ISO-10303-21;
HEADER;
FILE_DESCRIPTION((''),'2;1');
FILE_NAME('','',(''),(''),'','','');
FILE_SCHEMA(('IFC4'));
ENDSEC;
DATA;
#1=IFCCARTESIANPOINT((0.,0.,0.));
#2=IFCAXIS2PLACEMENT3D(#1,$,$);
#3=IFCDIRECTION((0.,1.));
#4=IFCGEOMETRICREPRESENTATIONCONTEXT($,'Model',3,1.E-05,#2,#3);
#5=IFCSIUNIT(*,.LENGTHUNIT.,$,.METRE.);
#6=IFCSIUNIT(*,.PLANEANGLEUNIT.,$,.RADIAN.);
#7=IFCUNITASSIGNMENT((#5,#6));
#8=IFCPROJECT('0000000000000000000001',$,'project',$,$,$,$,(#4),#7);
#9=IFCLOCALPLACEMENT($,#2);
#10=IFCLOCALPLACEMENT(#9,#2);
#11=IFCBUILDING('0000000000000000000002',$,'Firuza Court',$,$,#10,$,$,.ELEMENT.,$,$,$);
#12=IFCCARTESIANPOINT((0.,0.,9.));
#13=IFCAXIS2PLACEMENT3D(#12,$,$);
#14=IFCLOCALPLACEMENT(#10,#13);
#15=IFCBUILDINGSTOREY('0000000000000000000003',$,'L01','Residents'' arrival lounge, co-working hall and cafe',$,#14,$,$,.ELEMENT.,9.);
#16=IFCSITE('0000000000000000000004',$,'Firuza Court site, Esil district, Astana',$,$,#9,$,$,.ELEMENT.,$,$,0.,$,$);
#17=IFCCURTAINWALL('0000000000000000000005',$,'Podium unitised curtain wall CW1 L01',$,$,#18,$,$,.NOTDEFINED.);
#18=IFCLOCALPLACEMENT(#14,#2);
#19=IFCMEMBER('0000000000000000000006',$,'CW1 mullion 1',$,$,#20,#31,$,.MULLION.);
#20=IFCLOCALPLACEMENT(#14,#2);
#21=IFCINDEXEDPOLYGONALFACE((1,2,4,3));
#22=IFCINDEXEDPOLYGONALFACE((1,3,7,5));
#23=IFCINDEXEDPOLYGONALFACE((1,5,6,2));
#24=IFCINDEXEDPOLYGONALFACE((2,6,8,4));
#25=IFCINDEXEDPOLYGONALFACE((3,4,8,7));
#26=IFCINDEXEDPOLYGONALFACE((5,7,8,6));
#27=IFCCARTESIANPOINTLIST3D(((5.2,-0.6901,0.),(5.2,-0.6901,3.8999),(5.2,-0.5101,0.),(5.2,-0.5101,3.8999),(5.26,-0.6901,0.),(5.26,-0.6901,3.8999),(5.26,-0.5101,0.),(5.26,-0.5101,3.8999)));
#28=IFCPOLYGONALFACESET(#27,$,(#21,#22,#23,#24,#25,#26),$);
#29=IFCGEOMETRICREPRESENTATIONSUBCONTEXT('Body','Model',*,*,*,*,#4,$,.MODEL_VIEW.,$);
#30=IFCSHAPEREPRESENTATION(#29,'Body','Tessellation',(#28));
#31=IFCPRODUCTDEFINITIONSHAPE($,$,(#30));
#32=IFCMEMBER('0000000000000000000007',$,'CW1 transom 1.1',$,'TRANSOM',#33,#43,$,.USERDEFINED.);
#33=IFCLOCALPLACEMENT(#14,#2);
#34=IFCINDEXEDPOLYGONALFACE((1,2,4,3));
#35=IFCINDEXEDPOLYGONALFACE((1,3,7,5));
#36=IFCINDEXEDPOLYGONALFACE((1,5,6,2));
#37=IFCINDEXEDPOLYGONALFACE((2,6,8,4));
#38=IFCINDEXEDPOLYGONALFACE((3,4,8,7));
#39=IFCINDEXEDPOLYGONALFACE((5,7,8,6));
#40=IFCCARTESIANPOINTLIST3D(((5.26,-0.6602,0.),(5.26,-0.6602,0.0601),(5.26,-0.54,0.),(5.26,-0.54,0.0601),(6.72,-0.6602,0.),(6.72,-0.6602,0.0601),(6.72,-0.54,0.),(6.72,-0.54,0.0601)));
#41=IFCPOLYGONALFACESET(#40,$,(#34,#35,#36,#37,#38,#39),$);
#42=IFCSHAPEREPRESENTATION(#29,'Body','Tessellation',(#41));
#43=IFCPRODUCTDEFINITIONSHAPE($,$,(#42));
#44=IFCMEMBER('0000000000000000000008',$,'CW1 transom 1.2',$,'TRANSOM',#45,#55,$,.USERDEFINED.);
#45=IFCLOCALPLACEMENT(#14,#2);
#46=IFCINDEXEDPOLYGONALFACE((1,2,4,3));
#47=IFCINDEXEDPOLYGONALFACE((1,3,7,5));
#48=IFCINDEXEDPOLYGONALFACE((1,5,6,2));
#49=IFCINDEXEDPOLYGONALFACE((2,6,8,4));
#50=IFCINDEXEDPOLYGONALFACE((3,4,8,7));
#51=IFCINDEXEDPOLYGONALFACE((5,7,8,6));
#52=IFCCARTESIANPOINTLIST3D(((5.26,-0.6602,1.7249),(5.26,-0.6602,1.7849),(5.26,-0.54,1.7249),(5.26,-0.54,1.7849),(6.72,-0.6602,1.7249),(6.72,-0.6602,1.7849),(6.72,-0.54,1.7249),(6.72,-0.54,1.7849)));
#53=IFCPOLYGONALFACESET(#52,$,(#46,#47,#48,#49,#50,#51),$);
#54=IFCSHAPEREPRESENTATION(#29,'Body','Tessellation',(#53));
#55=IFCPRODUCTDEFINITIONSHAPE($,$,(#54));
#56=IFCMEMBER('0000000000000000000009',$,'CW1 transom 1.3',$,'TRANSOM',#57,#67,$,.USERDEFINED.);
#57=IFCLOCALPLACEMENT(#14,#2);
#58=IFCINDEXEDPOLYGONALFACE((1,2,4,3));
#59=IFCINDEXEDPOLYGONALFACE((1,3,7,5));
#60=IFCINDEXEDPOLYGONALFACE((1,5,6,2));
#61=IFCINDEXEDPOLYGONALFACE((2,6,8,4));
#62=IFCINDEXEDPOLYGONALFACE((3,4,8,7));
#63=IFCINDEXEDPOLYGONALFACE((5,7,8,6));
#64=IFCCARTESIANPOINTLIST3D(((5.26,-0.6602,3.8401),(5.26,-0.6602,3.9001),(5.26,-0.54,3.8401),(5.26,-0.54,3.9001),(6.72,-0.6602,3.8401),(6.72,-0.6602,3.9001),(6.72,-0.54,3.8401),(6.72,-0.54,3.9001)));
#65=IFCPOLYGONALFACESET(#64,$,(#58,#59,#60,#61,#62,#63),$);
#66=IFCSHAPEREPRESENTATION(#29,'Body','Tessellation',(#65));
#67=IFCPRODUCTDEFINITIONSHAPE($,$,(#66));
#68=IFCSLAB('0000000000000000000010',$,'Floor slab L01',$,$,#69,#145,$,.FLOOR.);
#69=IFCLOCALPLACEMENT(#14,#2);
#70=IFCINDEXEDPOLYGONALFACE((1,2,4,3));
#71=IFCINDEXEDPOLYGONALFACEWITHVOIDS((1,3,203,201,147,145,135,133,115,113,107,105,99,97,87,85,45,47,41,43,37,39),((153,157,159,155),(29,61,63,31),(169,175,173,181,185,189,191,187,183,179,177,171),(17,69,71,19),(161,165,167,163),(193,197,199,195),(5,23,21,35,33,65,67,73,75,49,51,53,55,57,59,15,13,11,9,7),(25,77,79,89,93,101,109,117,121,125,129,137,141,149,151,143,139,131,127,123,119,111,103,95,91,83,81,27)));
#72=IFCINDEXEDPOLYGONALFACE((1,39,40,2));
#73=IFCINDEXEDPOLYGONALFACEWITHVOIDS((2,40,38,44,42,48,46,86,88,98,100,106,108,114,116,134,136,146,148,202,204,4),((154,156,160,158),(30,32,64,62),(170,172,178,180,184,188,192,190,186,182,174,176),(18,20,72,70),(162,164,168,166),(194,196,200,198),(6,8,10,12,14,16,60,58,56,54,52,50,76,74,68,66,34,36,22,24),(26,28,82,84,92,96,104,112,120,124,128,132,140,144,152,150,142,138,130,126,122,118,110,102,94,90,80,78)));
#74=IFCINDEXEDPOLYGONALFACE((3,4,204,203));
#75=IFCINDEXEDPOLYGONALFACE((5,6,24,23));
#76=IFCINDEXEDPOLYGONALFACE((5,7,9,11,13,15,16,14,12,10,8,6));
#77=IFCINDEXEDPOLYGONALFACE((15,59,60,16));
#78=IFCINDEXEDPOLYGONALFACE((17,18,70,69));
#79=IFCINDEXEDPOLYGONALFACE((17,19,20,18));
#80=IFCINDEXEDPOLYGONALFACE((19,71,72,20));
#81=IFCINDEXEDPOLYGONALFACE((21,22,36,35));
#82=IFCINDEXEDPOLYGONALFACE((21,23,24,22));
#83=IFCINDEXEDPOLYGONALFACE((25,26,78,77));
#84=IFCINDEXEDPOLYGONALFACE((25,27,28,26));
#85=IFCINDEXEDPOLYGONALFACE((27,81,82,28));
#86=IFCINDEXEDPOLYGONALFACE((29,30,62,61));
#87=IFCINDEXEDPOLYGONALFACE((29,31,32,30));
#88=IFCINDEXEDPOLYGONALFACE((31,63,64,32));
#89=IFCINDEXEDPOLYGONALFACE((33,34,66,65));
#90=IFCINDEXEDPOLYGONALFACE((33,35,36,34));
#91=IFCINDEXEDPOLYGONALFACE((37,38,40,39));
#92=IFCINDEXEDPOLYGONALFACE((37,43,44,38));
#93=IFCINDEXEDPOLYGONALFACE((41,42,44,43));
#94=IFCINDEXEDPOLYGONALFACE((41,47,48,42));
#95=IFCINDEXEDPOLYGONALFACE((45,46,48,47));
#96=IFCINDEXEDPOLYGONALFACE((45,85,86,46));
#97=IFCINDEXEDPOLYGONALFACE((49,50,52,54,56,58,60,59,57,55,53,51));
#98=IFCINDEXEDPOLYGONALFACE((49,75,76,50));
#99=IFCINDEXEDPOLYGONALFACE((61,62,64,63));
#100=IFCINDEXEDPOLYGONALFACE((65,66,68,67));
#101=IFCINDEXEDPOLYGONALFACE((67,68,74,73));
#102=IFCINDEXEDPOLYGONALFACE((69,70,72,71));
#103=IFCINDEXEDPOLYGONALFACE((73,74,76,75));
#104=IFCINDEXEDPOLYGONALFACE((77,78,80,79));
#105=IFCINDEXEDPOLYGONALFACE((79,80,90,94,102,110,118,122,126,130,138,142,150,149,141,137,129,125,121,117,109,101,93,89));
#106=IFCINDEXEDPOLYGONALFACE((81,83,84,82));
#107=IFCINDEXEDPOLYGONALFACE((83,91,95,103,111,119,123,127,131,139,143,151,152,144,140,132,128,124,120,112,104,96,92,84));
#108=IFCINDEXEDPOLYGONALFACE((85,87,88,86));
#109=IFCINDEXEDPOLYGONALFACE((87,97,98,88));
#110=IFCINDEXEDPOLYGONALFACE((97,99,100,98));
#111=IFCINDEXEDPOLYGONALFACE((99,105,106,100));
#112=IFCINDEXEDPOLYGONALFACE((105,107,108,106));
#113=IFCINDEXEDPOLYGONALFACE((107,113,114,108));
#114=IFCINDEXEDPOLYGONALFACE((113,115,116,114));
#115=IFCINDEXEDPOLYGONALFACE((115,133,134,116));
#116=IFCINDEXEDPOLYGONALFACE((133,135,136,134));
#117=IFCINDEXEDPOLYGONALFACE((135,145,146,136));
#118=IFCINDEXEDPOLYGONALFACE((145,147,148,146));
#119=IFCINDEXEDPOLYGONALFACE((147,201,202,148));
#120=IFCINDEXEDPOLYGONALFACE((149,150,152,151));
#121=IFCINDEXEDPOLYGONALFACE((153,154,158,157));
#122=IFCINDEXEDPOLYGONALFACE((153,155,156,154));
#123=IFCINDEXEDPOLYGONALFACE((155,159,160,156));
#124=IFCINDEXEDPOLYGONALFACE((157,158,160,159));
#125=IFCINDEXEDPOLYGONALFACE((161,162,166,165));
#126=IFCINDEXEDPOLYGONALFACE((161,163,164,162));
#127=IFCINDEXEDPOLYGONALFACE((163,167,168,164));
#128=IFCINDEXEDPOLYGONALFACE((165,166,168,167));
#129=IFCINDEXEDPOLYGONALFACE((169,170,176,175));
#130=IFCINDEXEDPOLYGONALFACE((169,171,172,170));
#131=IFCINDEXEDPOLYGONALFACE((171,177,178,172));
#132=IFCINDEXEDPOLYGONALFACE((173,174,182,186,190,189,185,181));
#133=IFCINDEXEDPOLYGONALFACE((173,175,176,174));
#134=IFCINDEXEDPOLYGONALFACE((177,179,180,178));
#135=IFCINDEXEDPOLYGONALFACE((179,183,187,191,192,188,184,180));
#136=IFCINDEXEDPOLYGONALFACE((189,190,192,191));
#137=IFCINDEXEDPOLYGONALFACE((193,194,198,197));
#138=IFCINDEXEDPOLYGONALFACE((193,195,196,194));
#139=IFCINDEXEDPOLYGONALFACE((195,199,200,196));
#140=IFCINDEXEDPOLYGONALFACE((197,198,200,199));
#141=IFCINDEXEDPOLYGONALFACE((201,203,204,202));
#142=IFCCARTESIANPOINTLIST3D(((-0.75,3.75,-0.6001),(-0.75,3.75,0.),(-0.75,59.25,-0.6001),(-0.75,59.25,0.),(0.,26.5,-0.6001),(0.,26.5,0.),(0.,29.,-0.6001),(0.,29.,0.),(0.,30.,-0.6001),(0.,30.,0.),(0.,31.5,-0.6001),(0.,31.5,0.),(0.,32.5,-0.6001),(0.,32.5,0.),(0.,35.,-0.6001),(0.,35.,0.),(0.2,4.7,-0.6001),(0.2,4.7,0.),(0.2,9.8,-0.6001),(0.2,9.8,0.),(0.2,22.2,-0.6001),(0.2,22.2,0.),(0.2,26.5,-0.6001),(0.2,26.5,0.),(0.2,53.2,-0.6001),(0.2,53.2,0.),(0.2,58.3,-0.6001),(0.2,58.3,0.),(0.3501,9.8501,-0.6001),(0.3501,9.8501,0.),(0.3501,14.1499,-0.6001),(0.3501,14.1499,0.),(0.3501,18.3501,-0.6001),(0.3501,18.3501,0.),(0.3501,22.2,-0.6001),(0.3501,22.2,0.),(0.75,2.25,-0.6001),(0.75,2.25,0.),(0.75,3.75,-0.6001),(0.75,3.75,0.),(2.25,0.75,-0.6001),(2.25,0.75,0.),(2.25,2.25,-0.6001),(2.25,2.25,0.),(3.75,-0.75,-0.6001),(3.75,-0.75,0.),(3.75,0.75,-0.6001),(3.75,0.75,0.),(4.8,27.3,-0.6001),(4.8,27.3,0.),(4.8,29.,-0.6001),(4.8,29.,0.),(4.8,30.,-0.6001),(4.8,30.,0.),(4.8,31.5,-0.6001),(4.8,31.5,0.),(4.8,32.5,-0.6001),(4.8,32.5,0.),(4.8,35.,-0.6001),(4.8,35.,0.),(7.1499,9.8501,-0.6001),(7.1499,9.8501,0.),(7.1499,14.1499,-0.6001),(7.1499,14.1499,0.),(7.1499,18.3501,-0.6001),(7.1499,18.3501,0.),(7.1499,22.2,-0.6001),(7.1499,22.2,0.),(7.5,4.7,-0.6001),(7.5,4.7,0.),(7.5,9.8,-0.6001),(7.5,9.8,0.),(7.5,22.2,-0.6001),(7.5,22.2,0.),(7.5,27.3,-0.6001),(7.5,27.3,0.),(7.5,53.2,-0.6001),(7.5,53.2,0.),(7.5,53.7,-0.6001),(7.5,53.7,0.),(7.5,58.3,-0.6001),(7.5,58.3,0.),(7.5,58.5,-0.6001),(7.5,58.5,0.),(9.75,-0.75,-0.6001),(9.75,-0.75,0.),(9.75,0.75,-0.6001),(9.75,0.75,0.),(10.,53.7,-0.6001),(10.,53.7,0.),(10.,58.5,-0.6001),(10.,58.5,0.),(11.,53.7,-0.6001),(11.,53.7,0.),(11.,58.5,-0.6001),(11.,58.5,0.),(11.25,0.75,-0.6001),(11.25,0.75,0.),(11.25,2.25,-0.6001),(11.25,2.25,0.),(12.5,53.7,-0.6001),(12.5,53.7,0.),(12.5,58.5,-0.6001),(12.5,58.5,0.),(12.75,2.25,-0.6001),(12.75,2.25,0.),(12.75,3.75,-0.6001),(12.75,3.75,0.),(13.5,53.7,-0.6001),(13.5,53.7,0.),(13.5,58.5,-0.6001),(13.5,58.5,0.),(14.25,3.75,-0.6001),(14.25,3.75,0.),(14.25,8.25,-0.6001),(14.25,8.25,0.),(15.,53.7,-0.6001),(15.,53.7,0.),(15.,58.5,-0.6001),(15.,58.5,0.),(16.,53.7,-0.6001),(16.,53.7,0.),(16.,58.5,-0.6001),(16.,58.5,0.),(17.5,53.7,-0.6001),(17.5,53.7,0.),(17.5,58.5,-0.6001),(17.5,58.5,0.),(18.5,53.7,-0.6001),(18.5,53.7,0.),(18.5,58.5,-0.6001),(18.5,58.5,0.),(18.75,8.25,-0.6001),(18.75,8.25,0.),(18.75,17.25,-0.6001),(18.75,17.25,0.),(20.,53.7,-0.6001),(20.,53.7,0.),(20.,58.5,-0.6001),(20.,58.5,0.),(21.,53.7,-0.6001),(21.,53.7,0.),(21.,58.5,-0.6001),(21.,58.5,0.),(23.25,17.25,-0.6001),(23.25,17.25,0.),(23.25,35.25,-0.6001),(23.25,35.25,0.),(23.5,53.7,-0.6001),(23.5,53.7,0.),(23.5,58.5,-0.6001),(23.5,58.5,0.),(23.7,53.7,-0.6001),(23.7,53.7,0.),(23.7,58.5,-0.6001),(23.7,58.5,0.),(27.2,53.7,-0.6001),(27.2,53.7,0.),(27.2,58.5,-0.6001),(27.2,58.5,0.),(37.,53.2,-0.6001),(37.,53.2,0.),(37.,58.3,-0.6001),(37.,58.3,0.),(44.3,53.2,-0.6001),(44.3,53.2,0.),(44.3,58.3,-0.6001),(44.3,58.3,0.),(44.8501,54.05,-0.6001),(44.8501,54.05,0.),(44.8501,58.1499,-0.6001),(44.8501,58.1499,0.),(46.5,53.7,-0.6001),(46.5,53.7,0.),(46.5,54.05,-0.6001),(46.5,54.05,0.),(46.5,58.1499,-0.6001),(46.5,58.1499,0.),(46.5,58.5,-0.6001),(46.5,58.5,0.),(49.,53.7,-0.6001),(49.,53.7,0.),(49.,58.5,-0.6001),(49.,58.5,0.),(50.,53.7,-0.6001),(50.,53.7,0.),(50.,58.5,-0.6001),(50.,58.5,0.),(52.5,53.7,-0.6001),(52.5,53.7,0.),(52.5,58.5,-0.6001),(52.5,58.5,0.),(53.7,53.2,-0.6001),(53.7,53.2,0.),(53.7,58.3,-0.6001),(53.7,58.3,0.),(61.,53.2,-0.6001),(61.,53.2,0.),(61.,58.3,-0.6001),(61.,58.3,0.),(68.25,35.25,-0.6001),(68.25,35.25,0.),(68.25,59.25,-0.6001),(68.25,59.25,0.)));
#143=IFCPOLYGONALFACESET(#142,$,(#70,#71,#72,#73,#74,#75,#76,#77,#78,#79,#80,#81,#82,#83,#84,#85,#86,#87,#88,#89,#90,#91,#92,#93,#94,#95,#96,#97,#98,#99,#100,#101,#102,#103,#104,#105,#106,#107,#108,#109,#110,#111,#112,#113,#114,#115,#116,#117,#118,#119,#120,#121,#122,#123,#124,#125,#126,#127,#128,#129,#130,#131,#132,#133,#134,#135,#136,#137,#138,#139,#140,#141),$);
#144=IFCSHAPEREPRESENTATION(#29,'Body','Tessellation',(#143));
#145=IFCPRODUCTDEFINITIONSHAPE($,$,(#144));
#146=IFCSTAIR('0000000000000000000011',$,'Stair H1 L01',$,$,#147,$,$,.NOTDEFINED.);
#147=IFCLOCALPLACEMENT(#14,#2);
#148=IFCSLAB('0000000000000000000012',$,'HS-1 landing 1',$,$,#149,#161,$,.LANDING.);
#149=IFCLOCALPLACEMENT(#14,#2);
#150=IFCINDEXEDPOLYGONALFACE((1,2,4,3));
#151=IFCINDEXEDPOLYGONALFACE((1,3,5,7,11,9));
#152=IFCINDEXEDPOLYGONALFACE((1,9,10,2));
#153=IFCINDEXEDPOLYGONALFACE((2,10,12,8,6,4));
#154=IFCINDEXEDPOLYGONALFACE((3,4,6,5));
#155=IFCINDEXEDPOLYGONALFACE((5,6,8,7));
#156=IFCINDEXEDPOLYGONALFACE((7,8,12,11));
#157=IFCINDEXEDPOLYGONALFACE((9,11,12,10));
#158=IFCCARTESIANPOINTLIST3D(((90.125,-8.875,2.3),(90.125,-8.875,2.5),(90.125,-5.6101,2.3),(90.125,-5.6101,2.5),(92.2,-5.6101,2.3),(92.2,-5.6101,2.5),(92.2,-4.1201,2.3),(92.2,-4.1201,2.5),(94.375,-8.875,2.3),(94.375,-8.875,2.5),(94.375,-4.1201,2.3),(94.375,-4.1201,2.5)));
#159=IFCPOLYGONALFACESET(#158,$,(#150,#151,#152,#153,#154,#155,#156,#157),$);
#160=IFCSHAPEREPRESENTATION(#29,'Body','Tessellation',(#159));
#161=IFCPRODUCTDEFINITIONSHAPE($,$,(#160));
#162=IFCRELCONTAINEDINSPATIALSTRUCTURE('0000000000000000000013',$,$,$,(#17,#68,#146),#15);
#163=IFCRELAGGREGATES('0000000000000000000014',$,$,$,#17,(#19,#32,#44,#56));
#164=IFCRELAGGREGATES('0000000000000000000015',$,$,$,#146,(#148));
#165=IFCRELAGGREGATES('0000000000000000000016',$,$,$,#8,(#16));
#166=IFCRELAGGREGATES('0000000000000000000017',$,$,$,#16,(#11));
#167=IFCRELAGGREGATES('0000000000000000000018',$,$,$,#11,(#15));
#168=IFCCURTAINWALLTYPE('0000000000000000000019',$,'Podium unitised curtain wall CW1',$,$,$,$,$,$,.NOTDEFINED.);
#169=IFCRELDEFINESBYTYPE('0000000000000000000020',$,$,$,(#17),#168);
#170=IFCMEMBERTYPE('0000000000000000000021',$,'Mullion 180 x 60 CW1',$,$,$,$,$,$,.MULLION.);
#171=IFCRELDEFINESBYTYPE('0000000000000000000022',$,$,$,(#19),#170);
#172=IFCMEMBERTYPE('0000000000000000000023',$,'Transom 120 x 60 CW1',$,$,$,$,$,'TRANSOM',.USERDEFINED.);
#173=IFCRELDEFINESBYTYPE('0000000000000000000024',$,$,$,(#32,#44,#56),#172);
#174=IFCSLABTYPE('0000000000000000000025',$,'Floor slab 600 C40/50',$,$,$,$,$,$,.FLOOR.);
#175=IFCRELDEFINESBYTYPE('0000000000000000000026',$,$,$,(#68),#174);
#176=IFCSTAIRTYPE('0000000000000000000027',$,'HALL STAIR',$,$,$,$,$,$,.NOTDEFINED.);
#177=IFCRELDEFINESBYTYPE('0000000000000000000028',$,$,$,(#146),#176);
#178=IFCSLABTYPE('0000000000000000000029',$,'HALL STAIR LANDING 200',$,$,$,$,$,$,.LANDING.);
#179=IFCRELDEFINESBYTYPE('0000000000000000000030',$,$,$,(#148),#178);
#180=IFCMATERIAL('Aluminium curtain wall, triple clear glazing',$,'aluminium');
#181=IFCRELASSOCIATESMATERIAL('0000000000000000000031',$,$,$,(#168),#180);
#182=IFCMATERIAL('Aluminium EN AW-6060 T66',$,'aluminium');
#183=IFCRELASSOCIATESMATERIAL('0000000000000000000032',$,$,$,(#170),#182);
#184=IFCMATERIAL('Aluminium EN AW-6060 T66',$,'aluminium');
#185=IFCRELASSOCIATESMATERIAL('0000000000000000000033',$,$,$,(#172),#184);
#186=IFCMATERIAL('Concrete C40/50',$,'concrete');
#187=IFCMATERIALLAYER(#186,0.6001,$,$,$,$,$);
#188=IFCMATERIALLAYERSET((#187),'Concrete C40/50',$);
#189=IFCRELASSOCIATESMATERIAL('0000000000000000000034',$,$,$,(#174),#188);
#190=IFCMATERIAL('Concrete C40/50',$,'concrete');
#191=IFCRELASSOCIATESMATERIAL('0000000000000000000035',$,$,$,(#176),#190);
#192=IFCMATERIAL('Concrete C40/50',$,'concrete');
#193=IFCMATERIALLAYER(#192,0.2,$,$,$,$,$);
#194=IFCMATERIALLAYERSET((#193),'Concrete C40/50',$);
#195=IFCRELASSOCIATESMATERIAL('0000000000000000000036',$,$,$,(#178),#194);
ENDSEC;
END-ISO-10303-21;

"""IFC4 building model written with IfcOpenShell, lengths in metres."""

from ifc_helpers import new_model, si_unit, direction, frame, origin, origin_2d, place, context, subcontext, project, spatial, polyline, rectangle, outline, extrude, material, layer, layer_set, material_profile, profile_set, type_object, element, aggregate, save


model = new_model("IFC4")

# Units and contexts
model_context = context("Model", 3, precision=1e-05, world=origin(), true_north=direction((0.0, 1.0)))
body_context = subcontext(model_context, "Body", "Model", "MODEL_VIEW")
ifc_project = project(units=[si_unit("LENGTHUNIT", "METRE"), si_unit("PLANEANGLEUNIT", "RADIAN")], contexts=[model_context])

# Site, building, storey
site_placement = place(None, origin())
site = spatial("IfcSite", under=ifc_project, at=site_placement, Name="Firuza Court site, Esil district, Astana", CompositionType="ELEMENT", RefElevation=0.0)
building_placement = place(site_placement, origin())
building = spatial("IfcBuilding", under=site, at=building_placement, Name="Firuza Court", CompositionType="ELEMENT")
storey_placement = place(building_placement, frame((0.0, 0.0, 9.0)))
storey = spatial("IfcBuildingStorey", under=building, at=storey_placement, Name="L01", Description="Residents' arrival lounge, co-working hall and cafe", CompositionType="ELEMENT", Elevation=9.0)

# Curtain wall, members
ifc_material_1 = material(Name="Aluminium curtain wall, triple clear glazing", Category="aluminium")
curtain_wall_type = type_object("IfcCurtainWallType", Name="Podium unitised curtain wall CW1", PredefinedType="NOTDEFINED", material=ifc_material_1)
curtain_wall_placement = place(storey_placement, origin())
curtain_wall = element("IfcCurtainWall", 1, at=curtain_wall_placement, inside=storey, type_object=curtain_wall_type, Name="Podium unitised curtain wall CW1 L01", PredefinedType="NOTDEFINED")
ifc_material_2 = material(Name="Aluminium EN AW-6060 T66", Category="aluminium")
ifc_material_profile_1 = material_profile(ifc_material_2, rectangle(XDim=0.1799, YDim=0.0601, at=origin_2d()), Name="Mullion 180 x 60 CW1")
ifc_profile_set_1 = profile_set([ifc_material_profile_1], Name="Aluminium EN AW-6060 T66")
member_type_1 = type_object("IfcMemberType", Name="Mullion 180 x 60 CW1", PredefinedType="MULLION", material=ifc_profile_set_1)
member_1_placement = place(storey_placement, frame((5.23, -0.6001, 0.0), z_axis=(0.0, 0.0, 1.0), x_axis=(0.0, 1.0, 0.0)))
member_1 = element("IfcMember", 2, at=member_1_placement, type_object=member_type_1, Name="CW1 mullion 1", PredefinedType="MULLION", context=body_context, shape_type="SweptSolid", body=[
    extrude(rectangle(XDim=0.1799, YDim=0.0601, at=origin_2d()), origin(), (0.0, 0.0, 1.0), 3.8999),
])
ifc_material_3 = material(Name="Aluminium EN AW-6060 T66", Category="aluminium")
ifc_material_profile_2 = material_profile(ifc_material_3, rectangle(XDim=0.1201, YDim=0.0601, at=origin_2d()), Name="Transom 120 x 60 CW1")
ifc_profile_set_2 = profile_set([ifc_material_profile_2], Name="Aluminium EN AW-6060 T66")
member_type_2 = type_object("IfcMemberType", Name="Transom 120 x 60 CW1", ElementType="TRANSOM", PredefinedType="USERDEFINED", material=ifc_profile_set_2)
member_2_placement = place(storey_placement, frame((5.26, -0.6001, 0.03), z_axis=(1.0, 0.0, 0.0), x_axis=(0.0, 1.0, 0.0)))
member_2 = element("IfcMember", 3, at=member_2_placement, type_object=member_type_2, Name="CW1 transom 1.1", ObjectType="TRANSOM", PredefinedType="USERDEFINED", context=body_context, shape_type="SweptSolid", body=[
    extrude(rectangle(XDim=0.1201, YDim=0.0601, at=origin_2d()), origin(), (0.0, 0.0, 1.0), 1.46),
])
member_3_placement = place(storey_placement, frame((5.26, -0.6001, 1.7549), z_axis=(1.0, 0.0, 0.0), x_axis=(0.0, 1.0, 0.0)))
member_3 = element("IfcMember", 4, at=member_3_placement, type_object=member_type_2, Name="CW1 transom 1.2", ObjectType="TRANSOM", PredefinedType="USERDEFINED", context=body_context, shape_type="SweptSolid", body=[
    extrude(rectangle(XDim=0.1201, YDim=0.0601, at=origin_2d()), origin(), (0.0, 0.0, 1.0), 1.46),
])
member_4_placement = place(storey_placement, frame((5.26, -0.6001, 3.8701), z_axis=(1.0, 0.0, 0.0), x_axis=(0.0, 1.0, 0.0)))
member_4 = element("IfcMember", 5, at=member_4_placement, type_object=member_type_2, Name="CW1 transom 1.3", ObjectType="TRANSOM", PredefinedType="USERDEFINED", context=body_context, shape_type="SweptSolid", body=[
    extrude(rectangle(XDim=0.1201, YDim=0.0601, at=origin_2d()), origin(), (0.0, 0.0, 1.0), 1.46),
])
aggregate(curtain_wall, [member_1, member_2, member_3, member_4])

# Slab
ifc_material_4 = material(Name="Concrete C40/50", Category="concrete")
ifc_layer_1 = layer(ifc_material_4, 0.6001)
ifc_layer_set_1 = layer_set([ifc_layer_1], Name="Concrete C40/50")
slab_type_1 = type_object("IfcSlabType", Name="Floor slab 600 C40/50", PredefinedType="FLOOR", material=ifc_layer_set_1)
slab_1_placement = place(storey_placement, frame((0.0, 0.0, -0.6001)))
element("IfcSlab", 6, at=slab_1_placement, inside=storey, type_object=slab_type_1, Name="Floor slab L01", PredefinedType="FLOOR", context=body_context, shape_type="SweptSolid", body=[
    extrude(outline(polyline([(3.75, -0.75), (3.75, 0.75), (2.25, 0.75), (2.25, 2.25), (0.75, 2.25), (0.75, 3.75), (-0.75, 3.75), (-0.75, 59.25), (68.25, 59.25), (68.25, 35.25), (23.25, 35.25), (23.25, 17.25), (18.75, 17.25), (18.75, 8.25), (14.25, 8.25), (14.25, 3.75), (12.75, 3.75), (12.75, 2.25), (11.25, 2.25), (11.25, 0.75), (9.75, 0.75), (9.75, -0.75), (3.75, -0.75)]), holes=[polyline([(7.5, 9.8), (0.2, 9.8), (0.2, 4.7), (7.5, 4.7), (7.5, 9.8)]), polyline([(7.1499, 14.1499), (0.3501, 14.1499), (0.3501, 9.8501), (7.1499, 9.8501), (7.1499, 14.1499)]), polyline([(0.2, 22.2), (0.3501, 22.2), (0.3501, 18.3501), (7.1499, 18.3501), (7.1499, 22.2), (7.5, 22.2), (7.5, 27.3), (4.8, 27.3), (4.8, 29.0), (4.8, 30.0), (4.8, 31.5), (4.8, 32.5), (4.8, 35.0), (0.0, 35.0), (0.0, 32.5), (0.0, 31.5), (0.0, 30.0), (0.0, 29.0), (0.0, 26.5), (0.2, 26.5), (0.2, 22.2)]), polyline([(7.5, 58.3), (0.2, 58.3), (0.2, 53.2), (7.5, 53.2), (7.5, 53.7), (10.0, 53.7), (11.0, 53.7), (12.5, 53.7), (13.5, 53.7), (15.0, 53.7), (16.0, 53.7), (17.5, 53.7), (18.5, 53.7), (20.0, 53.7), (21.0, 53.7), (23.5, 53.7), (23.5, 58.5), (21.0, 58.5), (20.0, 58.5), (18.5, 58.5), (17.5, 58.5), (16.0, 58.5), (15.0, 58.5), (13.5, 58.5), (12.5, 58.5), (11.0, 58.5), (10.0, 58.5), (7.5, 58.5), (7.5, 58.3)]), polyline([(44.3, 58.3), (37.0, 58.3), (37.0, 53.2), (44.3, 53.2), (44.3, 58.3)]), polyline([(61.0, 58.3), (53.7, 58.3), (53.7, 53.2), (61.0, 53.2), (61.0, 58.3)]), polyline([(27.2, 58.5), (23.7, 58.5), (23.7, 53.7), (27.2, 53.7), (27.2, 58.5)]), polyline([(46.5, 58.1499), (44.8501, 58.1499), (44.8501, 54.05), (46.5, 54.05), (46.5, 53.7), (49.0, 53.7), (50.0, 53.7), (52.5, 53.7), (52.5, 58.5), (50.0, 58.5), (49.0, 58.5), (46.5, 58.5), (46.5, 58.1499)])]), origin(), (0.0, 0.0, 1.0), 0.6001),
])

# Stair, slab
ifc_material_5 = material(Name="Concrete C40/50", Category="concrete")
stair_type_1 = type_object("IfcStairType", Name="HALL STAIR", PredefinedType="NOTDEFINED", material=ifc_material_5)
stair_1_placement = place(storey_placement, origin())
stair_1 = element("IfcStair", 7, at=stair_1_placement, inside=storey, type_object=stair_type_1, Name="Stair H1 L01", PredefinedType="NOTDEFINED")
ifc_material_6 = material(Name="Concrete C40/50", Category="concrete")
ifc_layer_2 = layer(ifc_material_6, 0.2)
ifc_layer_set_2 = layer_set([ifc_layer_2], Name="Concrete C40/50")
slab_type_2 = type_object("IfcSlabType", Name="HALL STAIR LANDING 200", PredefinedType="LANDING", material=ifc_layer_set_2)
slab_2_placement = place(storey_placement, frame((0.0, 0.0, 2.3)))
slab_2 = element("IfcSlab", 8, at=slab_2_placement, type_object=slab_type_2, Name="HS-1 landing 1", PredefinedType="LANDING", context=body_context, shape_type="SweptSolid", body=[
    extrude(outline(polyline([(90.125, -5.6101), (92.2, -5.6101), (92.2, -4.1201), (94.375, -4.1201), (94.375, -8.875), (90.125, -8.875), (90.125, -5.6101)])), origin(), (0.0, 0.0, 1.0), 0.2),
])
aggregate(stair_1, [slab_2])

save(model, "model.ifc")
